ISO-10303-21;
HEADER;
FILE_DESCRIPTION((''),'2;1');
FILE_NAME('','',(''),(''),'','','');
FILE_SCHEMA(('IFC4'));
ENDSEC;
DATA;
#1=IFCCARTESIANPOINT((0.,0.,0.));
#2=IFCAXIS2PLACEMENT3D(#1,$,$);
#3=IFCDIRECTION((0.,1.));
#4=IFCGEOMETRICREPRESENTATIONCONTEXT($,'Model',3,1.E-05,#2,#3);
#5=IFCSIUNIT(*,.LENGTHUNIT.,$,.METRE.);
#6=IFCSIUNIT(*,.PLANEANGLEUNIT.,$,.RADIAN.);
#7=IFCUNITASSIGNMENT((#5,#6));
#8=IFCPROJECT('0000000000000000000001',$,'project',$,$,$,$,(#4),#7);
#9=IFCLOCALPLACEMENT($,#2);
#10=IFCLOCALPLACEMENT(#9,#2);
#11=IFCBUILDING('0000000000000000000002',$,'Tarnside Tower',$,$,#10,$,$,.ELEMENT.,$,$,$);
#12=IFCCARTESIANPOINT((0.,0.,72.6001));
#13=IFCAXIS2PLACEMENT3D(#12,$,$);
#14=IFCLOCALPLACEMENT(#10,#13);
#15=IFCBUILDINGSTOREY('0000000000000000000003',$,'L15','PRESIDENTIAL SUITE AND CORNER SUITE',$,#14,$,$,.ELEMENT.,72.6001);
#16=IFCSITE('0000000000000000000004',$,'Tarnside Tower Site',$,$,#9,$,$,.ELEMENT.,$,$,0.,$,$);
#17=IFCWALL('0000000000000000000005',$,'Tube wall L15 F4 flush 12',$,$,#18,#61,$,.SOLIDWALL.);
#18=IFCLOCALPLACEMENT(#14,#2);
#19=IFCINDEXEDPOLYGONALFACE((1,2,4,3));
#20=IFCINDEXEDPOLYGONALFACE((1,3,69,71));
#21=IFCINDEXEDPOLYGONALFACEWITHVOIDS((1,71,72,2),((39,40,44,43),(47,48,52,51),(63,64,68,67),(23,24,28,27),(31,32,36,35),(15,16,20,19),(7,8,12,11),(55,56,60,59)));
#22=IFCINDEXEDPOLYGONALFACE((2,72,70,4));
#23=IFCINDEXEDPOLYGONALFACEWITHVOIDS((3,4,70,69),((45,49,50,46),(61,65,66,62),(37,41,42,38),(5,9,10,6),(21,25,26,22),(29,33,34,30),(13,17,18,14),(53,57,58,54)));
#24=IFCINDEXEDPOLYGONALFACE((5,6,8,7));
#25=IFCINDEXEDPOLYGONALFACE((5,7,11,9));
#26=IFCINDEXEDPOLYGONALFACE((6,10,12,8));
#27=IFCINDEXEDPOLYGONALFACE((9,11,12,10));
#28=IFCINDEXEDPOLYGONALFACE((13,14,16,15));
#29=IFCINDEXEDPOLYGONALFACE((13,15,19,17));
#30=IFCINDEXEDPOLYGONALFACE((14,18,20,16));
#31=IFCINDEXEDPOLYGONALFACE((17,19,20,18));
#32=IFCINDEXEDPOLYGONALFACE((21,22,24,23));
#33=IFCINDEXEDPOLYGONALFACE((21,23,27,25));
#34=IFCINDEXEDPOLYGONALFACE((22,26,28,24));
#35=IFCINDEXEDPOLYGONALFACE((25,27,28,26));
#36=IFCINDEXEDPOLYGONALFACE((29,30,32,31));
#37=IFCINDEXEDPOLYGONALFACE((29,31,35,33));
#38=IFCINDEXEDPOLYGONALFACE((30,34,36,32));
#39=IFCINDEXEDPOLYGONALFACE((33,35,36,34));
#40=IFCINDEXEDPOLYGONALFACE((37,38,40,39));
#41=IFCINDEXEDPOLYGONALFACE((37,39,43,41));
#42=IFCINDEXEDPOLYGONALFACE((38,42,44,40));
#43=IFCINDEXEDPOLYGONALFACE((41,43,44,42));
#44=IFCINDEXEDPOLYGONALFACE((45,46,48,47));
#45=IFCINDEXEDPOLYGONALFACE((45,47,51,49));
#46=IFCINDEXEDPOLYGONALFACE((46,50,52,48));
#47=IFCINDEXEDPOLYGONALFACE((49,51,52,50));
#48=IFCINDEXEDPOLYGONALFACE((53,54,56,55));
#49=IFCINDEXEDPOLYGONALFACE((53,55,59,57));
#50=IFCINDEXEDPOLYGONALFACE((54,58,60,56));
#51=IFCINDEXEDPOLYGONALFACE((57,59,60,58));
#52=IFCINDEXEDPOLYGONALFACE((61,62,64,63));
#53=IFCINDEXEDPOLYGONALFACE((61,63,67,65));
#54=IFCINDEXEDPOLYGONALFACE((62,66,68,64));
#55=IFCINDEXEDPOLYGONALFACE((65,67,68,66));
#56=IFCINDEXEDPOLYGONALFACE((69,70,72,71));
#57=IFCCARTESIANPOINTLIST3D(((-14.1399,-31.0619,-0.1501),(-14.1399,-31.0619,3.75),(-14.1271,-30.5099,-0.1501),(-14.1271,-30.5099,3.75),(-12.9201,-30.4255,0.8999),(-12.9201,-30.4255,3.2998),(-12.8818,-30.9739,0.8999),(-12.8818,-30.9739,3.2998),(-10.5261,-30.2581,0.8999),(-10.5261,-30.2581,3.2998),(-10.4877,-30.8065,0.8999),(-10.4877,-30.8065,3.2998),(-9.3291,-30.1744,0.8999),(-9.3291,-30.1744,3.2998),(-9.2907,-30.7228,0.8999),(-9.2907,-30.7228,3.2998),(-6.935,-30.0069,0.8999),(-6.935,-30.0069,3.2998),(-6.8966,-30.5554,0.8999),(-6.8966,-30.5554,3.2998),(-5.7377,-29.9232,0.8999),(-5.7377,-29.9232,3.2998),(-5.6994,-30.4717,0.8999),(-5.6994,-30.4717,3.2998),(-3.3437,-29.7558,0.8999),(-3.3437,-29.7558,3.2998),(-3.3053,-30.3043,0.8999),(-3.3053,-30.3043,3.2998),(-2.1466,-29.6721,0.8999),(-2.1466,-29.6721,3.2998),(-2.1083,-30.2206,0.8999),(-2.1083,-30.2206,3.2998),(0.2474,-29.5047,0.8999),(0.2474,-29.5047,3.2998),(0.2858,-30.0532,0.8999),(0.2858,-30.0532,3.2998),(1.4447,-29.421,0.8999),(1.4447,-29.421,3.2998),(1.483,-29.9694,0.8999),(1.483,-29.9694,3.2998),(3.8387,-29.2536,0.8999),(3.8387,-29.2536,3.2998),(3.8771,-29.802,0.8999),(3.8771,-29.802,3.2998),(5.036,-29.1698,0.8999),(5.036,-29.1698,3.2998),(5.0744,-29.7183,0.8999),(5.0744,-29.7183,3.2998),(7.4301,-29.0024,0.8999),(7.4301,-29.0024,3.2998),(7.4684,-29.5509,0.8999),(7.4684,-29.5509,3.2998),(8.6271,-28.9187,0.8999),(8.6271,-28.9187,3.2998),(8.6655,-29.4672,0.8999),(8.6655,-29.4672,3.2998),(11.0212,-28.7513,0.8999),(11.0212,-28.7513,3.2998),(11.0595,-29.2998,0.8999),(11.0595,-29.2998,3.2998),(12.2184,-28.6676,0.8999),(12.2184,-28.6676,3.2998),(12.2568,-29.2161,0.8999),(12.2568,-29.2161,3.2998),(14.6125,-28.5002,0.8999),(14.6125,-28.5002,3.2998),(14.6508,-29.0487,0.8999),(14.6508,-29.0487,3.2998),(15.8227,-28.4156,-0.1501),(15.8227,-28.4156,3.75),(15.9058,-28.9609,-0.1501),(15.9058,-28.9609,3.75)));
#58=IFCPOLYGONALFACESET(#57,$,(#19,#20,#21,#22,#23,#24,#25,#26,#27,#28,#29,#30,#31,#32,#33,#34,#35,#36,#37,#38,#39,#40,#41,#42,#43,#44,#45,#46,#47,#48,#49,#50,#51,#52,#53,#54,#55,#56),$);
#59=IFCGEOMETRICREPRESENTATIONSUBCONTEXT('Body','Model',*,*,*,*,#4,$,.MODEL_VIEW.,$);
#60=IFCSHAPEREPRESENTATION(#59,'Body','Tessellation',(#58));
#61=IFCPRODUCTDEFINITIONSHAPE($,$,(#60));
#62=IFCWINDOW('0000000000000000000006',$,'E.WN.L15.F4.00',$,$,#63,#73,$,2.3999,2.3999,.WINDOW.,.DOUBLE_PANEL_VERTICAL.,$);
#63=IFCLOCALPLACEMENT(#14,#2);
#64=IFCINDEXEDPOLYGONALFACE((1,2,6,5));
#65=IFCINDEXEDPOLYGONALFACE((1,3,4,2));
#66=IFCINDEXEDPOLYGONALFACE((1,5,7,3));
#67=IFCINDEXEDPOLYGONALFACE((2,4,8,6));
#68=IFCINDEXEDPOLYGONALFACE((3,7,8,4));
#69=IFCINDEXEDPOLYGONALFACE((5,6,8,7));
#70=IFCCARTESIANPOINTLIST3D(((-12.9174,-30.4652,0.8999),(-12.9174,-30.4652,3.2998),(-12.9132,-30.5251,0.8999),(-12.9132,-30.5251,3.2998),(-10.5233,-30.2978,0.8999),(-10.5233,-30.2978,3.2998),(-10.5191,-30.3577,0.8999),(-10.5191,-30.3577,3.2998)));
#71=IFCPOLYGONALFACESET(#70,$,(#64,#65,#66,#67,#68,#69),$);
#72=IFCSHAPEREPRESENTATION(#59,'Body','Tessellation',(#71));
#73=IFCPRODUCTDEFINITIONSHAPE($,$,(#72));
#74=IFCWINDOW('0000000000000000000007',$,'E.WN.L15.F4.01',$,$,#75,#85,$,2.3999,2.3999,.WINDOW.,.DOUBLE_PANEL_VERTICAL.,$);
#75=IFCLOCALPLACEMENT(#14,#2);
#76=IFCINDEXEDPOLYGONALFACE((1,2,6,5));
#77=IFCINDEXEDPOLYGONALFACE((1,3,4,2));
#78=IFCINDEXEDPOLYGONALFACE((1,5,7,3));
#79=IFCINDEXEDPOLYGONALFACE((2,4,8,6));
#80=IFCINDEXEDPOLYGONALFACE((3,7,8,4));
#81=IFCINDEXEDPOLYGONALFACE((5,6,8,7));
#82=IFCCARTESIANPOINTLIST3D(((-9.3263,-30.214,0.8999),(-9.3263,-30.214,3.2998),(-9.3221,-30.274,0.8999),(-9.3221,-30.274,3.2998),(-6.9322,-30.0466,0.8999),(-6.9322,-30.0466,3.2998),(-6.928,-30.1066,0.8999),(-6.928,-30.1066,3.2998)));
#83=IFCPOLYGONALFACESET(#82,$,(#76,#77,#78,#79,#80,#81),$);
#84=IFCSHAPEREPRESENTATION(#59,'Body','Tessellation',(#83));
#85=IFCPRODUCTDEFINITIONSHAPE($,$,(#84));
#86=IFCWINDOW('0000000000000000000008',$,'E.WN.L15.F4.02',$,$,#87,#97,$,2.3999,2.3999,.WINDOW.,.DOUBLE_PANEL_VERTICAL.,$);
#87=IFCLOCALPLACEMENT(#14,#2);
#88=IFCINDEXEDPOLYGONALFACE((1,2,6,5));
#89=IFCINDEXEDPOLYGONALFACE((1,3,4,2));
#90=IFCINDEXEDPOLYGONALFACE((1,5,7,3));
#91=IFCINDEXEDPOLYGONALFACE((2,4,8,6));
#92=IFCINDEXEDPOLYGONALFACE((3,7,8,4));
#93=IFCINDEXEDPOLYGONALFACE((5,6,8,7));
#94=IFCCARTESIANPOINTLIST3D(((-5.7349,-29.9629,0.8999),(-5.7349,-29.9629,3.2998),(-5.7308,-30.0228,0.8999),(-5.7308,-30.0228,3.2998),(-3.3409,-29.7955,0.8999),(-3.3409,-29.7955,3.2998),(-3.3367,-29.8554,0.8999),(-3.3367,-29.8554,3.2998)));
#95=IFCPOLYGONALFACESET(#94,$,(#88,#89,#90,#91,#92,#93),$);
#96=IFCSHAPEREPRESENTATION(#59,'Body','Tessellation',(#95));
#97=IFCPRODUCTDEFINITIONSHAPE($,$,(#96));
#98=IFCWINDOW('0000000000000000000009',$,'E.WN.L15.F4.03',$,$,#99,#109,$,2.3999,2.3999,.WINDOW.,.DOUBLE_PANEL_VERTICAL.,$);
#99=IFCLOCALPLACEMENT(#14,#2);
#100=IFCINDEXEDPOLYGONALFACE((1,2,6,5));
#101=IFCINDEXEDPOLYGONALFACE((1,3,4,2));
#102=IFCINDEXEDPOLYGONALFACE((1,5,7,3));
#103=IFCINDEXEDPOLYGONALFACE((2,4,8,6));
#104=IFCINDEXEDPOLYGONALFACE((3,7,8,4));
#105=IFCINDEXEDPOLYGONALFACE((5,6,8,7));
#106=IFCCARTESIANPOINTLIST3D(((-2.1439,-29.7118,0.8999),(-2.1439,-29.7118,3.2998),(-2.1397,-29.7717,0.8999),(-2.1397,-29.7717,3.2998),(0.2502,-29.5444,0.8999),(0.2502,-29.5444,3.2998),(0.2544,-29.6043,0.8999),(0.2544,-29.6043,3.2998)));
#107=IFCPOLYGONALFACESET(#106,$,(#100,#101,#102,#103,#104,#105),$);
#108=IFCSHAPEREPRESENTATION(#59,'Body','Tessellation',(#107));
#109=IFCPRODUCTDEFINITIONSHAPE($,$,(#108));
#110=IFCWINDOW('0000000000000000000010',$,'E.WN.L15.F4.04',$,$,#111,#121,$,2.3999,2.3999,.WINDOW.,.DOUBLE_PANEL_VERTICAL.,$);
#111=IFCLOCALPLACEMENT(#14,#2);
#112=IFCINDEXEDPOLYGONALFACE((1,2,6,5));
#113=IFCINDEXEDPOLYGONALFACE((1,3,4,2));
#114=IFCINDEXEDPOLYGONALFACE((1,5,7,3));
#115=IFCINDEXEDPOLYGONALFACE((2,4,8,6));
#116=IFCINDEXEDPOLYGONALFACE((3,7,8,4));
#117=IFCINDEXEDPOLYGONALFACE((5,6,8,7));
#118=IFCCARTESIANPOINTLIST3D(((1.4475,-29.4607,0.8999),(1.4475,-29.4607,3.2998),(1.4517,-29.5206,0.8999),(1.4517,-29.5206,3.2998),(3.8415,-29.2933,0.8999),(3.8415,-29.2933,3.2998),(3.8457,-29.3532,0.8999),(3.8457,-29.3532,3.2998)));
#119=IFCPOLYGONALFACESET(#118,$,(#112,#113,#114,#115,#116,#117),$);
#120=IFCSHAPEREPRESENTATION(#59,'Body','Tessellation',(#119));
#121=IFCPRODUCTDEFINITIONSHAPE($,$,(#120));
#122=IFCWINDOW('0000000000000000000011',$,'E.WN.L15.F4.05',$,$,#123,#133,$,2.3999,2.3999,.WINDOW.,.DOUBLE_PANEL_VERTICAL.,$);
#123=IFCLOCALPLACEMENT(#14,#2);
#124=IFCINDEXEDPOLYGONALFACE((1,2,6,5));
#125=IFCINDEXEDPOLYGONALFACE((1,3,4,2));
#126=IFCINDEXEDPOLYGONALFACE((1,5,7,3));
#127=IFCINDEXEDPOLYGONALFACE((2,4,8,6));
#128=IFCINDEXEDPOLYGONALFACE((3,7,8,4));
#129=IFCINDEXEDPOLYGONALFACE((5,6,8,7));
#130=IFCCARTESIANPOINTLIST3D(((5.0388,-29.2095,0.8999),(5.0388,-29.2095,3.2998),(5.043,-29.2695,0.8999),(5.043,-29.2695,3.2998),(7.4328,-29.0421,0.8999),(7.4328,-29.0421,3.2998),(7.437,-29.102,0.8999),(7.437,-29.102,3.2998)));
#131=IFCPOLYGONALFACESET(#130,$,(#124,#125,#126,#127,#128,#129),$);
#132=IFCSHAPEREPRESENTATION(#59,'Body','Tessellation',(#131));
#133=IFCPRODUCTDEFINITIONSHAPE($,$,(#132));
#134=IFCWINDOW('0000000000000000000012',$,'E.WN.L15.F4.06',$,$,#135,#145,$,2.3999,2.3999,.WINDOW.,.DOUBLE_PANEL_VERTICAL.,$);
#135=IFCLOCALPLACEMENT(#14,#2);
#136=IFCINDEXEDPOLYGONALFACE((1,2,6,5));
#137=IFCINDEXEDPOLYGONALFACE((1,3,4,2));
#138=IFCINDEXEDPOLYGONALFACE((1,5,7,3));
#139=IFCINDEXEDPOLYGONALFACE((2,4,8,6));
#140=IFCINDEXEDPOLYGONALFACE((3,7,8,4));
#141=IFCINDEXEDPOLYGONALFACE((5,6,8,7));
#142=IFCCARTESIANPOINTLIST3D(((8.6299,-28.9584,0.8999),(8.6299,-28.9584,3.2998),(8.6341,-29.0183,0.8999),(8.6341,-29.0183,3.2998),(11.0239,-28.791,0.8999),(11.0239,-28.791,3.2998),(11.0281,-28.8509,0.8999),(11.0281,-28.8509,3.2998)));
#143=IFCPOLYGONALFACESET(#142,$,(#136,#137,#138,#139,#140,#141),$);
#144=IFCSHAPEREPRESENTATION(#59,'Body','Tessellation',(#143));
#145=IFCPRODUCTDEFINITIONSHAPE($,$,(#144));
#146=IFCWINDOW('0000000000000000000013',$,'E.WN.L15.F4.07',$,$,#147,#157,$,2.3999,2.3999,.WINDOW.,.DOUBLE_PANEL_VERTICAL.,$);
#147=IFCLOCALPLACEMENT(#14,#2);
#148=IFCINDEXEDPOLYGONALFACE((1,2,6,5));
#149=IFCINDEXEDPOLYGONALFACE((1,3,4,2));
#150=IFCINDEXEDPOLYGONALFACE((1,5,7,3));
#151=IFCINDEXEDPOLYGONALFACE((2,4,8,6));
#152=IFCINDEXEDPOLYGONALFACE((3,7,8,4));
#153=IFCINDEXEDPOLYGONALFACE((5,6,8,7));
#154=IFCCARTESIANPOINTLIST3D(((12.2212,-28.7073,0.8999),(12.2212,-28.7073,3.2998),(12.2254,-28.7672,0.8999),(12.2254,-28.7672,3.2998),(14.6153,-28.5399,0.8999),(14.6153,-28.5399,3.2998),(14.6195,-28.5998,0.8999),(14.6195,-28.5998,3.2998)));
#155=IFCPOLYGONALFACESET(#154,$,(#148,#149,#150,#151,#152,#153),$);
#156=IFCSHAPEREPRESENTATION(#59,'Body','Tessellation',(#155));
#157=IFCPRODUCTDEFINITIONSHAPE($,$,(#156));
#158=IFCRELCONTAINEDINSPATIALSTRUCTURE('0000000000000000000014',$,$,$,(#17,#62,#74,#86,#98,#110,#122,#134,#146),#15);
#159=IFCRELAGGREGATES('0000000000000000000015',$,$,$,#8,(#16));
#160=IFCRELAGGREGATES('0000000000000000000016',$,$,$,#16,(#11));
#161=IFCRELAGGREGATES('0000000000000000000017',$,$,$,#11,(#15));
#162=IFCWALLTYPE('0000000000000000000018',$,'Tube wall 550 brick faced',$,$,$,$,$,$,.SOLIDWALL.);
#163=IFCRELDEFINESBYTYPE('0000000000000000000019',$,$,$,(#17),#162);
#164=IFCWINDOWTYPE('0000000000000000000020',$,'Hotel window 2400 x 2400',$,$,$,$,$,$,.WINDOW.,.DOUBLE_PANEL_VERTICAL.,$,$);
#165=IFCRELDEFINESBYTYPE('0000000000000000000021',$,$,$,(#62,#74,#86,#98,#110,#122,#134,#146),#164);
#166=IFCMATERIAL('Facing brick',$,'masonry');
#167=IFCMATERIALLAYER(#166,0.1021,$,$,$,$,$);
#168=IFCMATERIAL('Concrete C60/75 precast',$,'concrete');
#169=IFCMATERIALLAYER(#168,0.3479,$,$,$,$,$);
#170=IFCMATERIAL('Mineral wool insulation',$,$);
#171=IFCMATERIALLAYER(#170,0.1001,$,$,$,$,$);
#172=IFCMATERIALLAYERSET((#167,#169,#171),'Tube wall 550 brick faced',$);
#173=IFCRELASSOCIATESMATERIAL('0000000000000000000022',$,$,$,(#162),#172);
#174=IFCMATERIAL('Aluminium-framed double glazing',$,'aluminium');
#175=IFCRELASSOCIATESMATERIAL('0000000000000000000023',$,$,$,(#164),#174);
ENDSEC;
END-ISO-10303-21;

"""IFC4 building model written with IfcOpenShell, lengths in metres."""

from ifc_helpers import new_model, si_unit, direction, frame, frame_2d, origin, place, context, subcontext, project, spatial, polyline, rectangle, outline, extrude, material, layer, layer_set, type_object, element, fill, save


model = new_model("IFC4")

# Units and contexts
model_context = context("Model", 3, precision=1e-05, world=origin(), true_north=direction((0.0, 1.0)))
body_context = subcontext(model_context, "Body", "Model", "MODEL_VIEW")
ifc_project = project(units=[si_unit("LENGTHUNIT", "METRE"), si_unit("PLANEANGLEUNIT", "RADIAN")], contexts=[model_context])

# Site, building, storey
site_placement = place(None, origin())
site = spatial("IfcSite", under=ifc_project, at=site_placement, Name="Tarnside Tower Site", CompositionType="ELEMENT", RefElevation=0.0)
building_placement = place(site_placement, origin())
building = spatial("IfcBuilding", under=site, at=building_placement, Name="Tarnside Tower", CompositionType="ELEMENT")
storey_placement = place(building_placement, frame((0.0, 0.0, 72.6001)))
storey = spatial("IfcBuildingStorey", under=building, at=storey_placement, Name="L15", Description="PRESIDENTIAL SUITE AND CORNER SUITE", CompositionType="ELEMENT", Elevation=72.6001)

# Shared definitions
ifc_material_1 = material(Name="Facing brick", Category="masonry")
ifc_layer_1 = layer(ifc_material_1, 0.1021)
ifc_material_2 = material(Name="Concrete C60/75 precast", Category="concrete")
ifc_layer_2 = layer(ifc_material_2, 0.3479)
ifc_material_3 = material(Name="Mineral wool insulation")
ifc_layer_3 = layer(ifc_material_3, 0.1001)
ifc_layer_set_1 = layer_set([ifc_layer_1, ifc_layer_2, ifc_layer_3], Name="Tube wall 550 brick faced")
wall_type_1 = type_object("IfcWallType", Name="Tube wall 550 brick faced", PredefinedType="SOLIDWALL", material=ifc_layer_set_1)

# Wall, openings, windows
wall_1_placement = place(storey_placement, frame((-14.1335, -30.7859, -0.1501), z_axis=(0.0, 0.0, 1.0), x_axis=(0.997564, 0.069757, 0.0)))
wall_1 = element("IfcWall", 1, at=wall_1_placement, inside=storey, type_object=wall_type_1, Name="Tube wall L15 F4 flush 12", PredefinedType="SOLIDWALL", context=body_context, shape_type="SweptSolid", body=[
    extrude(outline(polyline([(-0.0256, -0.2749), (30.0935, -0.2749), (30.0486, 0.2749), (0.0256, 0.2749), (-0.0256, -0.2749)])), origin(), (0.0, 0.0, 1.0), 3.9001),
])
opening_1_placement = place(wall_1_placement, frame((1.2356, 0.0, 1.05)))
opening_1 = element("IfcOpeningElement", 2, at=opening_1_placement, cuts=wall_1, PredefinedType="OPENING", context=body_context, shape_type="SweptSolid", body=[
    extrude(rectangle(XDim=2.3999, YDim=2.3999, at=frame_2d((1.2, 1.2))), frame((0.0, 0.2852, 0.0), z_axis=(0.0, -1.0, 0.0), x_axis=(1.0, 0.0, 0.0)), (0.0, 0.0, 1.0), 0.5701),
])
opening_2_placement = place(wall_1_placement, frame((4.8354, 0.0, 1.05)))
opening_2 = element("IfcOpeningElement", 3, at=opening_2_placement, cuts=wall_1, PredefinedType="OPENING", context=body_context, shape_type="SweptSolid", body=[
    extrude(rectangle(XDim=2.3999, YDim=2.3999, at=frame_2d((1.2, 1.2))), frame((0.0, 0.2852, 0.0), z_axis=(0.0, -1.0, 0.0), x_axis=(1.0, 0.0, 0.0)), (0.0, 0.0, 1.0), 0.5701),
])
opening_3_placement = place(wall_1_placement, frame((8.4355, 0.0, 1.05)))
opening_3 = element("IfcOpeningElement", 4, at=opening_3_placement, cuts=wall_1, PredefinedType="OPENING", context=body_context, shape_type="SweptSolid", body=[
    extrude(rectangle(XDim=2.3999, YDim=2.3999, at=frame_2d((1.2, 1.2))), frame((0.0, 0.2852, 0.0), z_axis=(0.0, -1.0, 0.0), x_axis=(1.0, 0.0, 0.0)), (0.0, 0.0, 1.0), 0.5701),
])
opening_4_placement = place(wall_1_placement, frame((12.0354, 0.0, 1.05)))
opening_4 = element("IfcOpeningElement", 5, at=opening_4_placement, cuts=wall_1, PredefinedType="OPENING", context=body_context, shape_type="SweptSolid", body=[
    extrude(rectangle(XDim=2.3999, YDim=2.3999, at=frame_2d((1.2, 1.2))), frame((0.0, 0.2852, 0.0), z_axis=(0.0, -1.0, 0.0), x_axis=(1.0, 0.0, 0.0)), (0.0, 0.0, 1.0), 0.5701),
])
opening_5_placement = place(wall_1_placement, frame((15.6355, 0.0, 1.05)))
opening_5 = element("IfcOpeningElement", 6, at=opening_5_placement, cuts=wall_1, PredefinedType="OPENING", context=body_context, shape_type="SweptSolid", body=[
    extrude(rectangle(XDim=2.3999, YDim=2.3999, at=frame_2d((1.2, 1.2))), frame((0.0, 0.2852, 0.0), z_axis=(0.0, -1.0, 0.0), x_axis=(1.0, 0.0, 0.0)), (0.0, 0.0, 1.0), 0.5701),
])
opening_6_placement = place(wall_1_placement, frame((19.2356, 0.0, 1.05)))
opening_6 = element("IfcOpeningElement", 7, at=opening_6_placement, cuts=wall_1, PredefinedType="OPENING", context=body_context, shape_type="SweptSolid", body=[
    extrude(rectangle(XDim=2.3999, YDim=2.3999, at=frame_2d((1.2, 1.2))), frame((0.0, 0.2852, 0.0), z_axis=(0.0, -1.0, 0.0), x_axis=(1.0, 0.0, 0.0)), (0.0, 0.0, 1.0), 0.5701),
])
opening_7_placement = place(wall_1_placement, frame((22.8354, 0.0, 1.05)))
opening_7 = element("IfcOpeningElement", 8, at=opening_7_placement, cuts=wall_1, PredefinedType="OPENING", context=body_context, shape_type="SweptSolid", body=[
    extrude(rectangle(XDim=2.3999, YDim=2.3999, at=frame_2d((1.2, 1.2))), frame((0.0, 0.2852, 0.0), z_axis=(0.0, -1.0, 0.0), x_axis=(1.0, 0.0, 0.0)), (0.0, 0.0, 1.0), 0.5701),
])
opening_8_placement = place(wall_1_placement, frame((26.4355, 0.0, 1.05)))
opening_8 = element("IfcOpeningElement", 9, at=opening_8_placement, cuts=wall_1, PredefinedType="OPENING", context=body_context, shape_type="SweptSolid", body=[
    extrude(rectangle(XDim=2.3999, YDim=2.3999, at=frame_2d((1.2, 1.2))), frame((0.0, 0.2852, 0.0), z_axis=(0.0, -1.0, 0.0), x_axis=(1.0, 0.0, 0.0)), (0.0, 0.0, 1.0), 0.5701),
])
ifc_material_4 = material(Name="Aluminium-framed double glazing", Category="aluminium")
window_type = type_object("IfcWindowType", Name="Hotel window 2400 x 2400", PartitioningType="DOUBLE_PANEL_VERTICAL", PredefinedType="WINDOW", material=ifc_material_4)
window_1_placement = place(opening_1_placement, frame((0.0, 0.2051, 0.0)))
window_1 = element("IfcWindow", 10, at=window_1_placement, inside=storey, type_object=window_type, Name="E.WN.L15.F4.00", OverallHeight=2.3999, OverallWidth=2.3999, PartitioningType="DOUBLE_PANEL_VERTICAL", PredefinedType="WINDOW", context=body_context, shape_type="SweptSolid", body=[
    extrude(rectangle(XDim=2.3999, YDim=2.3999, at=frame_2d((1.2, 1.2))), frame((0.0, 0.03, 0.0), z_axis=(0.0, -1.0, 0.0), x_axis=(1.0, 0.0, 0.0)), (0.0, 0.0, 1.0), 0.0601),
])
fill(opening_1, window_1)
window_2_placement = place(opening_2_placement, frame((0.0, 0.2051, 0.0)))
window_2 = element("IfcWindow", 11, at=window_2_placement, inside=storey, type_object=window_type, Name="E.WN.L15.F4.01", OverallHeight=2.3999, OverallWidth=2.3999, PartitioningType="DOUBLE_PANEL_VERTICAL", PredefinedType="WINDOW", context=body_context, shape_type="SweptSolid", body=[
    extrude(rectangle(XDim=2.3999, YDim=2.3999, at=frame_2d((1.2, 1.2))), frame((0.0, 0.03, 0.0), z_axis=(0.0, -1.0, 0.0), x_axis=(1.0, 0.0, 0.0)), (0.0, 0.0, 1.0), 0.0601),
])
fill(opening_2, window_2)
window_3_placement = place(opening_3_placement, frame((0.0, 0.2051, 0.0)))
window_3 = element("IfcWindow", 12, at=window_3_placement, inside=storey, type_object=window_type, Name="E.WN.L15.F4.02", OverallHeight=2.3999, OverallWidth=2.3999, PartitioningType="DOUBLE_PANEL_VERTICAL", PredefinedType="WINDOW", context=body_context, shape_type="SweptSolid", body=[
    extrude(rectangle(XDim=2.3999, YDim=2.3999, at=frame_2d((1.2, 1.2))), frame((0.0, 0.03, 0.0), z_axis=(0.0, -1.0, 0.0), x_axis=(1.0, 0.0, 0.0)), (0.0, 0.0, 1.0), 0.0601),
])
fill(opening_3, window_3)
window_4_placement = place(opening_4_placement, frame((0.0, 0.2051, 0.0)))
window_4 = element("IfcWindow", 13, at=window_4_placement, inside=storey, type_object=window_type, Name="E.WN.L15.F4.03", OverallHeight=2.3999, OverallWidth=2.3999, PartitioningType="DOUBLE_PANEL_VERTICAL", PredefinedType="WINDOW", context=body_context, shape_type="SweptSolid", body=[
    extrude(rectangle(XDim=2.3999, YDim=2.3999, at=frame_2d((1.2, 1.2))), frame((0.0, 0.03, 0.0), z_axis=(0.0, -1.0, 0.0), x_axis=(1.0, 0.0, 0.0)), (0.0, 0.0, 1.0), 0.0601),
])
fill(opening_4, window_4)
window_5_placement = place(opening_5_placement, frame((0.0, 0.2051, 0.0)))
window_5 = element("IfcWindow", 14, at=window_5_placement, inside=storey, type_object=window_type, Name="E.WN.L15.F4.04", OverallHeight=2.3999, OverallWidth=2.3999, PartitioningType="DOUBLE_PANEL_VERTICAL", PredefinedType="WINDOW", context=body_context, shape_type="SweptSolid", body=[
    extrude(rectangle(XDim=2.3999, YDim=2.3999, at=frame_2d((1.2, 1.2))), frame((0.0, 0.03, 0.0), z_axis=(0.0, -1.0, 0.0), x_axis=(1.0, 0.0, 0.0)), (0.0, 0.0, 1.0), 0.0601),
])
fill(opening_5, window_5)
window_6_placement = place(opening_6_placement, frame((0.0, 0.2051, 0.0)))
window_6 = element("IfcWindow", 15, at=window_6_placement, inside=storey, type_object=window_type, Name="E.WN.L15.F4.05", OverallHeight=2.3999, OverallWidth=2.3999, PartitioningType="DOUBLE_PANEL_VERTICAL", PredefinedType="WINDOW", context=body_context, shape_type="SweptSolid", body=[
    extrude(rectangle(XDim=2.3999, YDim=2.3999, at=frame_2d((1.2, 1.2))), frame((0.0, 0.03, 0.0), z_axis=(0.0, -1.0, 0.0), x_axis=(1.0, 0.0, 0.0)), (0.0, 0.0, 1.0), 0.0601),
])
fill(opening_6, window_6)
window_7_placement = place(opening_7_placement, frame((0.0, 0.2051, 0.0)))
window_7 = element("IfcWindow", 16, at=window_7_placement, inside=storey, type_object=window_type, Name="E.WN.L15.F4.06", OverallHeight=2.3999, OverallWidth=2.3999, PartitioningType="DOUBLE_PANEL_VERTICAL", PredefinedType="WINDOW", context=body_context, shape_type="SweptSolid", body=[
    extrude(rectangle(XDim=2.3999, YDim=2.3999, at=frame_2d((1.2, 1.2))), frame((0.0, 0.03, 0.0), z_axis=(0.0, -1.0, 0.0), x_axis=(1.0, 0.0, 0.0)), (0.0, 0.0, 1.0), 0.0601),
])
fill(opening_7, window_7)
window_8_placement = place(opening_8_placement, frame((0.0, 0.2051, 0.0)))
window_8 = element("IfcWindow", 17, at=window_8_placement, inside=storey, type_object=window_type, Name="E.WN.L15.F4.07", OverallHeight=2.3999, OverallWidth=2.3999, PartitioningType="DOUBLE_PANEL_VERTICAL", PredefinedType="WINDOW", context=body_context, shape_type="SweptSolid", body=[
    extrude(rectangle(XDim=2.3999, YDim=2.3999, at=frame_2d((1.2, 1.2))), frame((0.0, 0.03, 0.0), z_axis=(0.0, -1.0, 0.0), x_axis=(1.0, 0.0, 0.0)), (0.0, 0.0, 1.0), 0.0601),
])
fill(opening_8, window_8)

save(model, "model.ifc")
